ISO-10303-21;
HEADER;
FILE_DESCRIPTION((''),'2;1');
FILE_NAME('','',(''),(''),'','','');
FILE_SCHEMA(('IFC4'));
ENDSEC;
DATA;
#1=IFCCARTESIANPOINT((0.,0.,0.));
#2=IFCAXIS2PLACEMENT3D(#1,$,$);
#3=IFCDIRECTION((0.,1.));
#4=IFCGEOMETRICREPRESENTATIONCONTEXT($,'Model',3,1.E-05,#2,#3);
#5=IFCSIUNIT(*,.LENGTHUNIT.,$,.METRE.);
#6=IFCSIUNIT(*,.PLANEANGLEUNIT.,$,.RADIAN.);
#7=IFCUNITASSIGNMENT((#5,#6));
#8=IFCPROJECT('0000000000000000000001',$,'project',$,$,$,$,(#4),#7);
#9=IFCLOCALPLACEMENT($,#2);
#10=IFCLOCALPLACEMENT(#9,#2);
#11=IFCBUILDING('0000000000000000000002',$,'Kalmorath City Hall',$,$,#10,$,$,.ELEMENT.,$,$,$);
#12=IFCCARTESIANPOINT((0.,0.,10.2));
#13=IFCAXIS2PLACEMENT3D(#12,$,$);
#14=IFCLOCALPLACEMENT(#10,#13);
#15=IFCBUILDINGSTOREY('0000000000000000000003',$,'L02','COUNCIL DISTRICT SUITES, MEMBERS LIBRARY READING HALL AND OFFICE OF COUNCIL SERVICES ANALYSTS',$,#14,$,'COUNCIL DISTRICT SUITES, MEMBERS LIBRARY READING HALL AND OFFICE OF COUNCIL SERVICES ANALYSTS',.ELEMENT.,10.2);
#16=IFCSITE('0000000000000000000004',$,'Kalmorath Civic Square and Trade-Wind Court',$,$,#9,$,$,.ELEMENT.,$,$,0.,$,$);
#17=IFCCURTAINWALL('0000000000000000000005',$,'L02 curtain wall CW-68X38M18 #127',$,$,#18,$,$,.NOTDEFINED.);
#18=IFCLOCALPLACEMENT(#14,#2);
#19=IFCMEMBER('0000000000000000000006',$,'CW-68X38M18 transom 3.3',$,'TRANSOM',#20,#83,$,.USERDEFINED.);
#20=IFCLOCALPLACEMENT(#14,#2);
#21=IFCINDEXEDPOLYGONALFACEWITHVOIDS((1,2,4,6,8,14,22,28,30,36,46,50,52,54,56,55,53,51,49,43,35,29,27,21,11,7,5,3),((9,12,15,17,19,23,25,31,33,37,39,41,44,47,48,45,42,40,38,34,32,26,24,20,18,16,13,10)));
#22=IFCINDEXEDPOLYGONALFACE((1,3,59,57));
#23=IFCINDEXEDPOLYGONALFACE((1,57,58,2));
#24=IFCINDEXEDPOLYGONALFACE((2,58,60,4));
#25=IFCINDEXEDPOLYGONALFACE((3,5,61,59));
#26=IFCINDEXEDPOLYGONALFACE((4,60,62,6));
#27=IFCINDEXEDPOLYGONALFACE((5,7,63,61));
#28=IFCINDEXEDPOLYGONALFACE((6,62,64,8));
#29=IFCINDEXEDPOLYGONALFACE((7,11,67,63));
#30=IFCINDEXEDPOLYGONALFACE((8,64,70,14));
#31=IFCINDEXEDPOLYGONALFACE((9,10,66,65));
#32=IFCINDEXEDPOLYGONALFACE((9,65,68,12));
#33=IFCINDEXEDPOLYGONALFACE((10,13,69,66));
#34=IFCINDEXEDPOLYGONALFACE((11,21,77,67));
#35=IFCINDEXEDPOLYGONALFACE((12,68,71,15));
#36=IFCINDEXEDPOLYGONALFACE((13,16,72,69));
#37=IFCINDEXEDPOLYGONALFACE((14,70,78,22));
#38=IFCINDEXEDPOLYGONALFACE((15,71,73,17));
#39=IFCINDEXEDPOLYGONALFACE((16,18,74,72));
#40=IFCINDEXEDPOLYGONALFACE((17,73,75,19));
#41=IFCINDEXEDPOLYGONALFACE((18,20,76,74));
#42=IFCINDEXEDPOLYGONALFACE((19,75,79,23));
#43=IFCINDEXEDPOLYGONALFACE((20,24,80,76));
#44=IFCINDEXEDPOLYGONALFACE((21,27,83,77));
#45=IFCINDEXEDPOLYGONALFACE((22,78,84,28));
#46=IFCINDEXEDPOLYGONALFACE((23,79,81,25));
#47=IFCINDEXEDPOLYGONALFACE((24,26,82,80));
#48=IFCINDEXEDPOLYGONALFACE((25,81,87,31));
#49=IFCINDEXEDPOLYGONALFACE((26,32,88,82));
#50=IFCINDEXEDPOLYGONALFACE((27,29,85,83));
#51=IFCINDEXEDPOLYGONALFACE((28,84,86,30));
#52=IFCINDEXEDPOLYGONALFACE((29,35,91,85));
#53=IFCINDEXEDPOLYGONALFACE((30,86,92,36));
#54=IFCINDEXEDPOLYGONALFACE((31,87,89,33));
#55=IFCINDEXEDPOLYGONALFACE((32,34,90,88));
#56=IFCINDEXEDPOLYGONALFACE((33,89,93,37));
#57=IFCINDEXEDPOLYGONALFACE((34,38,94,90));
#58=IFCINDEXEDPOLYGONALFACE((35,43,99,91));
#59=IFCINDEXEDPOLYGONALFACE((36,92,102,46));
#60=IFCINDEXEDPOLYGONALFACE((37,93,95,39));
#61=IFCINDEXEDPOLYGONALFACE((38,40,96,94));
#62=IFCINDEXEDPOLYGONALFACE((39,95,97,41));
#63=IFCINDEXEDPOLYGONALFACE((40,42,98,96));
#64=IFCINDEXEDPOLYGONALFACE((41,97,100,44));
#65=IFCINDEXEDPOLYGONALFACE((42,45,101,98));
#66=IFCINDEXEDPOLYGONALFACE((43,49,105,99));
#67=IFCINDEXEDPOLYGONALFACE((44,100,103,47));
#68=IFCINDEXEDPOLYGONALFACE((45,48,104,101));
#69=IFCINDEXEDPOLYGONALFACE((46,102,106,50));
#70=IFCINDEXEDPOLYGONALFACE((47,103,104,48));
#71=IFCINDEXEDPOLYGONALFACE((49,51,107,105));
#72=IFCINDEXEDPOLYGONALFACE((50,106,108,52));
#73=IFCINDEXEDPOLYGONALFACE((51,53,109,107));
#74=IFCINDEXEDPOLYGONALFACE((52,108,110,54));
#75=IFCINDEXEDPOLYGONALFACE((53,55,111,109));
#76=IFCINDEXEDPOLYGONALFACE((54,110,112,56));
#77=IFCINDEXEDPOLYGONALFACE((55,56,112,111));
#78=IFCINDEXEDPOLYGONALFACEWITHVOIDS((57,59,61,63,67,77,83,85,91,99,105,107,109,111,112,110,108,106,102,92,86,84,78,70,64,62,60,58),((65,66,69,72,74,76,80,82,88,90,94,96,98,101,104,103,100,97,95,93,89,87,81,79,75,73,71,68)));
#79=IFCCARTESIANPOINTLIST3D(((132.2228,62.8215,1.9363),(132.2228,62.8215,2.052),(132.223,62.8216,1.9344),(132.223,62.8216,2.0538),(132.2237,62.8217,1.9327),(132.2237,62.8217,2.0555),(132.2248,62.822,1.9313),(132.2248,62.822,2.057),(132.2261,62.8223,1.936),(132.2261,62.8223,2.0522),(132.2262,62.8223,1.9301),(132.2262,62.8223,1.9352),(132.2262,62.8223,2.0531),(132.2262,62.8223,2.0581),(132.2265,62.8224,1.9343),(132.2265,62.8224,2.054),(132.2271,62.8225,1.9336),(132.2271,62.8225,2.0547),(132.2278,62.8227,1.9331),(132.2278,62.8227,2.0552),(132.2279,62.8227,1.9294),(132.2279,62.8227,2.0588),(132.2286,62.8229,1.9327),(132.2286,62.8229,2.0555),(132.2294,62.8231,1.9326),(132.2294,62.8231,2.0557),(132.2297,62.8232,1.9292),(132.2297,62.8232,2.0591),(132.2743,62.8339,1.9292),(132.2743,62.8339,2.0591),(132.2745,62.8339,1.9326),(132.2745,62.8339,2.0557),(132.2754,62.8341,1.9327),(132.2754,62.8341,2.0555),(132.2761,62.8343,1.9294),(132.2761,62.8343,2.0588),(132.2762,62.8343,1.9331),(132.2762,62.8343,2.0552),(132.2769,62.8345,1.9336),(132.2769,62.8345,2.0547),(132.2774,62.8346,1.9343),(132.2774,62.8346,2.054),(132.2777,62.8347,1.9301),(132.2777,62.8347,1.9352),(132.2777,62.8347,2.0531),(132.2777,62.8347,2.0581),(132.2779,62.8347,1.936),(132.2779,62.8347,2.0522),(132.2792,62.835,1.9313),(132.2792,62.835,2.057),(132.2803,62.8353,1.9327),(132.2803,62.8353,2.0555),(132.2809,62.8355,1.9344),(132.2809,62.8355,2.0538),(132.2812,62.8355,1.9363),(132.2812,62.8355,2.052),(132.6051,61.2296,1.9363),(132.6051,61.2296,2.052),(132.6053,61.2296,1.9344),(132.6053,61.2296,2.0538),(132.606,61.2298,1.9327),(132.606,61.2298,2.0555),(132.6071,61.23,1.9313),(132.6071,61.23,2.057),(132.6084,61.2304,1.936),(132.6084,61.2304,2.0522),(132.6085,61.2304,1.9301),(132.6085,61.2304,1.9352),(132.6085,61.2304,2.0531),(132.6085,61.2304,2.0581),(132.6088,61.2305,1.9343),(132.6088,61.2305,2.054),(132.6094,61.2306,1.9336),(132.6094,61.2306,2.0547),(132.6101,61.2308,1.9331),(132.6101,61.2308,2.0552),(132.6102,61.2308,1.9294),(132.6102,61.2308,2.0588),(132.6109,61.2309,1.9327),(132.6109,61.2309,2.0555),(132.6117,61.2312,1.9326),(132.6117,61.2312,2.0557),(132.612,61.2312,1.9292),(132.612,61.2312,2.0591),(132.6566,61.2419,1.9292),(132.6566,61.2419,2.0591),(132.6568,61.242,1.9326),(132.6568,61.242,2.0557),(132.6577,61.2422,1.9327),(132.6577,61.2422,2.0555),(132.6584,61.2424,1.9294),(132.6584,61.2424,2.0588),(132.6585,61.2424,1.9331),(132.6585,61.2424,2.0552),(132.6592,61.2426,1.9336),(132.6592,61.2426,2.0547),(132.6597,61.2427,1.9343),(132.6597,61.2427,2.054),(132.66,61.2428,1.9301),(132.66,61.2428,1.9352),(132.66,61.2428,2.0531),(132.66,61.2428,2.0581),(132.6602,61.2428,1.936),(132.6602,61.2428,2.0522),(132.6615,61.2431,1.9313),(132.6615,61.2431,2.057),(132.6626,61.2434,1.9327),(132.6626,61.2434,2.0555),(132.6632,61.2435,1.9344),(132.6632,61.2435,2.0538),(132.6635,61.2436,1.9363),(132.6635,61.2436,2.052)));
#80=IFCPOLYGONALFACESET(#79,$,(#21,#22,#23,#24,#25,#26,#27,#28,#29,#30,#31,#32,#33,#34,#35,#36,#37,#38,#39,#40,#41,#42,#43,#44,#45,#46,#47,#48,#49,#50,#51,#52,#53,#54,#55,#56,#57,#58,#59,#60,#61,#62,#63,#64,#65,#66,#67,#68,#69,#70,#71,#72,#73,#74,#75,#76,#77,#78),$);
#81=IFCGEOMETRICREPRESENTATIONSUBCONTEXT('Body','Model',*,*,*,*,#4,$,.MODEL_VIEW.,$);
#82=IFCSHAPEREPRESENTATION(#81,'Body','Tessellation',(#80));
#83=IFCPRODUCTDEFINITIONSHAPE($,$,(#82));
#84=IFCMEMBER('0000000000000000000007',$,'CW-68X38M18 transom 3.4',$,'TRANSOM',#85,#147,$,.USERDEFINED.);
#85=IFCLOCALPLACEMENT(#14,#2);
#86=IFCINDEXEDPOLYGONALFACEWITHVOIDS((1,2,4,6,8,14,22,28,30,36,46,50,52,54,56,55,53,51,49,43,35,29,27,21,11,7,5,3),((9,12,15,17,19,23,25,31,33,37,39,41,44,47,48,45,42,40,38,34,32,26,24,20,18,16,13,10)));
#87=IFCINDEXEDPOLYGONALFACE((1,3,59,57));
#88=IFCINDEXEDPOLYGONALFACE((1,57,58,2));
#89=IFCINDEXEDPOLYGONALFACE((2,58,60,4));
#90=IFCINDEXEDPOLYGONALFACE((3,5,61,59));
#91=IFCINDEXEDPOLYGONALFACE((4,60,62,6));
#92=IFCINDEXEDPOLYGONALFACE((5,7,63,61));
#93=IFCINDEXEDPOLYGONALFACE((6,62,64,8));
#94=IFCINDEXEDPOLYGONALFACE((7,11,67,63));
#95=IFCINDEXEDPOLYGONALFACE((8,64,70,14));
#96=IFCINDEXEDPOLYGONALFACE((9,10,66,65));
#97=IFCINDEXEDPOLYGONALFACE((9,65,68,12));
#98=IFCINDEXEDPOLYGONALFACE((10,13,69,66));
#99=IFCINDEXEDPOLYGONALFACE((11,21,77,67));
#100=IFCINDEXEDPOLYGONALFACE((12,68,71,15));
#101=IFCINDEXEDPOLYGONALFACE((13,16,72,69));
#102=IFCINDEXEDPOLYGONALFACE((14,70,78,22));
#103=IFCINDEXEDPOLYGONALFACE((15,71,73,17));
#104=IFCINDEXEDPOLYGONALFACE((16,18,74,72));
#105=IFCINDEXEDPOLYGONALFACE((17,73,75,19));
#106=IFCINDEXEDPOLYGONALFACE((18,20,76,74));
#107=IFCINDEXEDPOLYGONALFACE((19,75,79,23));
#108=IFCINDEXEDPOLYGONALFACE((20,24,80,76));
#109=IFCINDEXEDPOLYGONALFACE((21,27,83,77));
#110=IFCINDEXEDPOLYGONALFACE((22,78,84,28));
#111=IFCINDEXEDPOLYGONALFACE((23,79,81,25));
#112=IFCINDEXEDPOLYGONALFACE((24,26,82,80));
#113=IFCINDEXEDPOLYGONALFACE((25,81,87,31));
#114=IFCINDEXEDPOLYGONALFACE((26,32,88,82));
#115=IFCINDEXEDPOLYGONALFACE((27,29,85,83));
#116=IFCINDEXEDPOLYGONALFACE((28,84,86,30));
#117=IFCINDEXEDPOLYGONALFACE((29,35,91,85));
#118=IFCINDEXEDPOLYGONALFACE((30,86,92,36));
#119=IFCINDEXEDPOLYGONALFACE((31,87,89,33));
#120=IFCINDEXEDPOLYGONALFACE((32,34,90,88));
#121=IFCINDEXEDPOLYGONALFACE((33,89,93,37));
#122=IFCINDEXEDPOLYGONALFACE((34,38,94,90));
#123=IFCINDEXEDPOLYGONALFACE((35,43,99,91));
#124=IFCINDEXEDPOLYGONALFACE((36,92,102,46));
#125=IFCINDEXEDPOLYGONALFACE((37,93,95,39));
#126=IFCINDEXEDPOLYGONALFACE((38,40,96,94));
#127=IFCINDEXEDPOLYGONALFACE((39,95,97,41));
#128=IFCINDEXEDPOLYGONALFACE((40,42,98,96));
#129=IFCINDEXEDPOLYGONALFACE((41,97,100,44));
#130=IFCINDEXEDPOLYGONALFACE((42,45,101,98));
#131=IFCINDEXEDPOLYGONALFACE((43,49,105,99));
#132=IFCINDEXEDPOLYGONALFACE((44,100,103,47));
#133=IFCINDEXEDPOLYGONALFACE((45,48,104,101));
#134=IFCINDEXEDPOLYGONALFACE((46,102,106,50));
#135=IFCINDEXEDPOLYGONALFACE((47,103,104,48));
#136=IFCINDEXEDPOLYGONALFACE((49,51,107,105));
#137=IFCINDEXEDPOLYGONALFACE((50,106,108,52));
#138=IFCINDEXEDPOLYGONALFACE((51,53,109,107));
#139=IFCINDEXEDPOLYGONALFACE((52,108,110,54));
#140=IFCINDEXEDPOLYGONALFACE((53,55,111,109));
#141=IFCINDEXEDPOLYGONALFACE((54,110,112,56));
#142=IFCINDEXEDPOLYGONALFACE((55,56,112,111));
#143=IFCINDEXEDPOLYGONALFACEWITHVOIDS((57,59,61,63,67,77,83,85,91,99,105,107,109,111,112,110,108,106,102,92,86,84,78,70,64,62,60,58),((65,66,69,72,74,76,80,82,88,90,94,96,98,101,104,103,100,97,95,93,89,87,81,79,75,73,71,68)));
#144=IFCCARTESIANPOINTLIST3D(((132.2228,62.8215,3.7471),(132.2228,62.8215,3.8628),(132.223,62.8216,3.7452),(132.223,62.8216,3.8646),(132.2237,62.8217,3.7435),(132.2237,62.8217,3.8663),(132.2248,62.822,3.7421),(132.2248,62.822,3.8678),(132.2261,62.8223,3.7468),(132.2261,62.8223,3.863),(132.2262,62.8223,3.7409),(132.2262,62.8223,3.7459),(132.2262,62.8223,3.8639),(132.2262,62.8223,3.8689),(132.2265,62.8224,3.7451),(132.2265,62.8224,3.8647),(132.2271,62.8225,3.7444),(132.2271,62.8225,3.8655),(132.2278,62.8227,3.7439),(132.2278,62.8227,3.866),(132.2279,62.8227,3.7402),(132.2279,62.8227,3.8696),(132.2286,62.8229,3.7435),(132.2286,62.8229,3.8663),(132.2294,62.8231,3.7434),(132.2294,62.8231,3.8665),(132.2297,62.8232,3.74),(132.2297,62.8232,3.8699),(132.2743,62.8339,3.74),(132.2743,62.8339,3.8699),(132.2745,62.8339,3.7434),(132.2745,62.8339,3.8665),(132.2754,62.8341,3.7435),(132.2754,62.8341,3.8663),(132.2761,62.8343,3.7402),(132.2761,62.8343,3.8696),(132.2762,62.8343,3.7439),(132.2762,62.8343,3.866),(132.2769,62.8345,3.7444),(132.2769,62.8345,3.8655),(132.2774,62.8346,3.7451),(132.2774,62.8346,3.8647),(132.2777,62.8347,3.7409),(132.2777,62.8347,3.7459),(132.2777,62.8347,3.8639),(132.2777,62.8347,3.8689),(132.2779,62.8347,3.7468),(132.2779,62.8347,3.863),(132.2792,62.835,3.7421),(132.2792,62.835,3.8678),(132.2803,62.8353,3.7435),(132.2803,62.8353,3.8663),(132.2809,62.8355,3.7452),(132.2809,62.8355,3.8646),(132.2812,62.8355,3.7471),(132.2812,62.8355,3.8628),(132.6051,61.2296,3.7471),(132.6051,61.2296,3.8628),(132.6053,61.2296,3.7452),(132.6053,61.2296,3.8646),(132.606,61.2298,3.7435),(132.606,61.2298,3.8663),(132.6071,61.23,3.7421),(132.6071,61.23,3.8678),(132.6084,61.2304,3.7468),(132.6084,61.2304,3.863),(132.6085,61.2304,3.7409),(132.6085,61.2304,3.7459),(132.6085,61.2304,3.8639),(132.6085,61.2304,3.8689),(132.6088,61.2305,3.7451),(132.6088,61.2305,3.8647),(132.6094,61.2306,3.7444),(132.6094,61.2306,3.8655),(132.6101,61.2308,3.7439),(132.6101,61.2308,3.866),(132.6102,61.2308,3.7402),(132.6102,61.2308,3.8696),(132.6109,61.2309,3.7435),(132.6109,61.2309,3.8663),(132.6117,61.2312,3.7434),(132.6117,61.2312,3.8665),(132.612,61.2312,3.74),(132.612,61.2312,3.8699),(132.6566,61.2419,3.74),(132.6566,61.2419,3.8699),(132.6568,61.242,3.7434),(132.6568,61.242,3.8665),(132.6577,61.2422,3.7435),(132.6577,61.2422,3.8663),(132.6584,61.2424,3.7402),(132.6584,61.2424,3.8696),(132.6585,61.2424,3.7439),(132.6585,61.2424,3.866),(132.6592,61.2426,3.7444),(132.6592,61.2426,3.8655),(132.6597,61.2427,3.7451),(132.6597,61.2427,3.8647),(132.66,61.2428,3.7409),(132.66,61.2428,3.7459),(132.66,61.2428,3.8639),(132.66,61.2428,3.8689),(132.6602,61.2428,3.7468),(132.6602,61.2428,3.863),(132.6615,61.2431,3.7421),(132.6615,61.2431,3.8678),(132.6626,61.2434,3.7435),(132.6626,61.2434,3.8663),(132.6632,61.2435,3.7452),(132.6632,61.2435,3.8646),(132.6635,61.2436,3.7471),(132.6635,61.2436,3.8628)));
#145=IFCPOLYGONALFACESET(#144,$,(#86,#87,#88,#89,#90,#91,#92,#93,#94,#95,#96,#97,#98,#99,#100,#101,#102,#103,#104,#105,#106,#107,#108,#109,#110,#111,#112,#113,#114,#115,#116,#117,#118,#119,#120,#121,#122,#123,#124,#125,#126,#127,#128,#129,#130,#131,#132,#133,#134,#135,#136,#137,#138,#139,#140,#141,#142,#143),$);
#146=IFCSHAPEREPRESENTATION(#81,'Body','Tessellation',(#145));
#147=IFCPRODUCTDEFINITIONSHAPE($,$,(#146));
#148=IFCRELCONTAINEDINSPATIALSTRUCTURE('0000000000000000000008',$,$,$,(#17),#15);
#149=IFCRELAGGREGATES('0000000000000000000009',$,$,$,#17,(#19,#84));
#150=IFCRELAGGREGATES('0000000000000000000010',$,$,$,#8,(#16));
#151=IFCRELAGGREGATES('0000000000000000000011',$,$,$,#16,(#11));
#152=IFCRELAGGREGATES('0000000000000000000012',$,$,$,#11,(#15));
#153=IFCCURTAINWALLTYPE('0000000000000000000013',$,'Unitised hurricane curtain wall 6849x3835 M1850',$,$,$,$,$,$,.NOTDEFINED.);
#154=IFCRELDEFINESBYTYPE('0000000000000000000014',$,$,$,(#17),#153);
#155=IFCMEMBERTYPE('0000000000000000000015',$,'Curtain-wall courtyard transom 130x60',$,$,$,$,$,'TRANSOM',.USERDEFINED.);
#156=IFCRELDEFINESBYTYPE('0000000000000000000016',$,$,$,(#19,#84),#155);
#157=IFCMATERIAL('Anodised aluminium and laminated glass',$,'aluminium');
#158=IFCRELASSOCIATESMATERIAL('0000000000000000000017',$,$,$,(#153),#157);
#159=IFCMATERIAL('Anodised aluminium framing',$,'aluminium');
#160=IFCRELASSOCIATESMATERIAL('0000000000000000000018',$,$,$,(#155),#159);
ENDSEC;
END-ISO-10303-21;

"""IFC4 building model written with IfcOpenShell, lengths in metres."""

from ifc_helpers import new_model, si_unit, direction, frame, origin, origin_2d, place, context, subcontext, project, spatial, hollow_rectangle, extrude, material, material_profile, profile_set, type_object, element, aggregate, save


model = new_model("IFC4")

# Units and contexts
model_context = context("Model", 3, precision=1e-05, world=origin(), true_north=direction((0.0, 1.0)))
body_context = subcontext(model_context, "Body", "Model", "MODEL_VIEW")
ifc_project = project(units=[si_unit("LENGTHUNIT", "METRE"), si_unit("PLANEANGLEUNIT", "RADIAN")], contexts=[model_context])

# Site, building, storey
site_placement = place(None, origin())
site = spatial("IfcSite", under=ifc_project, at=site_placement, Name="Kalmorath Civic Square and Trade-Wind Court", CompositionType="ELEMENT", RefElevation=0.0)
building_placement = place(site_placement, origin())
building = spatial("IfcBuilding", under=site, at=building_placement, Name="Kalmorath City Hall", CompositionType="ELEMENT")
storey_placement = place(building_placement, frame((0.0, 0.0, 10.2)))
storey = spatial("IfcBuildingStorey", under=building, at=storey_placement, Name="L02", Description="COUNCIL DISTRICT SUITES, MEMBERS LIBRARY READING HALL AND OFFICE OF COUNCIL SERVICES ANALYSTS", LongName="COUNCIL DISTRICT SUITES, MEMBERS LIBRARY READING HALL AND OFFICE OF COUNCIL SERVICES ANALYSTS", CompositionType="ELEMENT", Elevation=10.2)

# Curtain wall, members
ifc_material_1 = material(Name="Anodised aluminium and laminated glass", Category="aluminium")
curtain_wall_type = type_object("IfcCurtainWallType", Name="Unitised hurricane curtain wall 6849x3835 M1850", PredefinedType="NOTDEFINED", material=ifc_material_1)
curtain_wall_1_placement = place(storey_placement, origin())
curtain_wall_1 = element("IfcCurtainWall", 1, at=curtain_wall_1_placement, inside=storey, type_object=curtain_wall_type, Name="L02 curtain wall CW-68X38M18 #127", PredefinedType="NOTDEFINED")
ifc_material_2 = material(Name="Anodised aluminium framing", Category="aluminium")
ifc_material_profile_1 = material_profile(ifc_material_2, hollow_rectangle(XDim=0.0601, YDim=0.1299, WallThickness=0.0034, InnerFilletRadius=0.0034, OuterFilletRadius=0.0071, at=origin_2d()), Name="ALU-TRN-130X60X3.5")
ifc_profile_set_1 = profile_set([ifc_material_profile_1], Name="Anodised aluminium framing")
member_type_1 = type_object("IfcMemberType", Name="Curtain-wall courtyard transom 130x60", ElementType="TRANSOM", PredefinedType="USERDEFINED", material=ifc_profile_set_1)
member_1_placement = place(storey_placement, frame((132.6343, 61.2366, 1.9941), z_axis=(-0.233508, 0.972355, 0.0), x_axis=(-0.972355, -0.233508, 0.0)))
member_1 = element("IfcMember", 2, at=member_1_placement, type_object=member_type_1, Name="CW-68X38M18 transom 3.3", ObjectType="TRANSOM", PredefinedType="USERDEFINED", context=body_context, shape_type="SweptSolid", body=[
    extrude(hollow_rectangle(XDim=0.0601, YDim=0.1299, WallThickness=0.0034, InnerFilletRadius=0.0034, OuterFilletRadius=0.0071, at=origin_2d()), origin(), (0.0, 0.0, 1.0), 1.6372),
])
member_2_placement = place(storey_placement, frame((132.6343, 61.2366, 3.8049), z_axis=(-0.233508, 0.972355, 0.0), x_axis=(-0.972355, -0.233508, 0.0)))
member_2 = element("IfcMember", 3, at=member_2_placement, type_object=member_type_1, Name="CW-68X38M18 transom 3.4", ObjectType="TRANSOM", PredefinedType="USERDEFINED", context=body_context, shape_type="SweptSolid", body=[
    extrude(hollow_rectangle(XDim=0.0601, YDim=0.1299, WallThickness=0.0034, InnerFilletRadius=0.0034, OuterFilletRadius=0.0071, at=origin_2d()), origin(), (0.0, 0.0, 1.0), 1.6372),
])

aggregate(curtain_wall_1, [member_1, member_2])

save(model, "model.ifc")
